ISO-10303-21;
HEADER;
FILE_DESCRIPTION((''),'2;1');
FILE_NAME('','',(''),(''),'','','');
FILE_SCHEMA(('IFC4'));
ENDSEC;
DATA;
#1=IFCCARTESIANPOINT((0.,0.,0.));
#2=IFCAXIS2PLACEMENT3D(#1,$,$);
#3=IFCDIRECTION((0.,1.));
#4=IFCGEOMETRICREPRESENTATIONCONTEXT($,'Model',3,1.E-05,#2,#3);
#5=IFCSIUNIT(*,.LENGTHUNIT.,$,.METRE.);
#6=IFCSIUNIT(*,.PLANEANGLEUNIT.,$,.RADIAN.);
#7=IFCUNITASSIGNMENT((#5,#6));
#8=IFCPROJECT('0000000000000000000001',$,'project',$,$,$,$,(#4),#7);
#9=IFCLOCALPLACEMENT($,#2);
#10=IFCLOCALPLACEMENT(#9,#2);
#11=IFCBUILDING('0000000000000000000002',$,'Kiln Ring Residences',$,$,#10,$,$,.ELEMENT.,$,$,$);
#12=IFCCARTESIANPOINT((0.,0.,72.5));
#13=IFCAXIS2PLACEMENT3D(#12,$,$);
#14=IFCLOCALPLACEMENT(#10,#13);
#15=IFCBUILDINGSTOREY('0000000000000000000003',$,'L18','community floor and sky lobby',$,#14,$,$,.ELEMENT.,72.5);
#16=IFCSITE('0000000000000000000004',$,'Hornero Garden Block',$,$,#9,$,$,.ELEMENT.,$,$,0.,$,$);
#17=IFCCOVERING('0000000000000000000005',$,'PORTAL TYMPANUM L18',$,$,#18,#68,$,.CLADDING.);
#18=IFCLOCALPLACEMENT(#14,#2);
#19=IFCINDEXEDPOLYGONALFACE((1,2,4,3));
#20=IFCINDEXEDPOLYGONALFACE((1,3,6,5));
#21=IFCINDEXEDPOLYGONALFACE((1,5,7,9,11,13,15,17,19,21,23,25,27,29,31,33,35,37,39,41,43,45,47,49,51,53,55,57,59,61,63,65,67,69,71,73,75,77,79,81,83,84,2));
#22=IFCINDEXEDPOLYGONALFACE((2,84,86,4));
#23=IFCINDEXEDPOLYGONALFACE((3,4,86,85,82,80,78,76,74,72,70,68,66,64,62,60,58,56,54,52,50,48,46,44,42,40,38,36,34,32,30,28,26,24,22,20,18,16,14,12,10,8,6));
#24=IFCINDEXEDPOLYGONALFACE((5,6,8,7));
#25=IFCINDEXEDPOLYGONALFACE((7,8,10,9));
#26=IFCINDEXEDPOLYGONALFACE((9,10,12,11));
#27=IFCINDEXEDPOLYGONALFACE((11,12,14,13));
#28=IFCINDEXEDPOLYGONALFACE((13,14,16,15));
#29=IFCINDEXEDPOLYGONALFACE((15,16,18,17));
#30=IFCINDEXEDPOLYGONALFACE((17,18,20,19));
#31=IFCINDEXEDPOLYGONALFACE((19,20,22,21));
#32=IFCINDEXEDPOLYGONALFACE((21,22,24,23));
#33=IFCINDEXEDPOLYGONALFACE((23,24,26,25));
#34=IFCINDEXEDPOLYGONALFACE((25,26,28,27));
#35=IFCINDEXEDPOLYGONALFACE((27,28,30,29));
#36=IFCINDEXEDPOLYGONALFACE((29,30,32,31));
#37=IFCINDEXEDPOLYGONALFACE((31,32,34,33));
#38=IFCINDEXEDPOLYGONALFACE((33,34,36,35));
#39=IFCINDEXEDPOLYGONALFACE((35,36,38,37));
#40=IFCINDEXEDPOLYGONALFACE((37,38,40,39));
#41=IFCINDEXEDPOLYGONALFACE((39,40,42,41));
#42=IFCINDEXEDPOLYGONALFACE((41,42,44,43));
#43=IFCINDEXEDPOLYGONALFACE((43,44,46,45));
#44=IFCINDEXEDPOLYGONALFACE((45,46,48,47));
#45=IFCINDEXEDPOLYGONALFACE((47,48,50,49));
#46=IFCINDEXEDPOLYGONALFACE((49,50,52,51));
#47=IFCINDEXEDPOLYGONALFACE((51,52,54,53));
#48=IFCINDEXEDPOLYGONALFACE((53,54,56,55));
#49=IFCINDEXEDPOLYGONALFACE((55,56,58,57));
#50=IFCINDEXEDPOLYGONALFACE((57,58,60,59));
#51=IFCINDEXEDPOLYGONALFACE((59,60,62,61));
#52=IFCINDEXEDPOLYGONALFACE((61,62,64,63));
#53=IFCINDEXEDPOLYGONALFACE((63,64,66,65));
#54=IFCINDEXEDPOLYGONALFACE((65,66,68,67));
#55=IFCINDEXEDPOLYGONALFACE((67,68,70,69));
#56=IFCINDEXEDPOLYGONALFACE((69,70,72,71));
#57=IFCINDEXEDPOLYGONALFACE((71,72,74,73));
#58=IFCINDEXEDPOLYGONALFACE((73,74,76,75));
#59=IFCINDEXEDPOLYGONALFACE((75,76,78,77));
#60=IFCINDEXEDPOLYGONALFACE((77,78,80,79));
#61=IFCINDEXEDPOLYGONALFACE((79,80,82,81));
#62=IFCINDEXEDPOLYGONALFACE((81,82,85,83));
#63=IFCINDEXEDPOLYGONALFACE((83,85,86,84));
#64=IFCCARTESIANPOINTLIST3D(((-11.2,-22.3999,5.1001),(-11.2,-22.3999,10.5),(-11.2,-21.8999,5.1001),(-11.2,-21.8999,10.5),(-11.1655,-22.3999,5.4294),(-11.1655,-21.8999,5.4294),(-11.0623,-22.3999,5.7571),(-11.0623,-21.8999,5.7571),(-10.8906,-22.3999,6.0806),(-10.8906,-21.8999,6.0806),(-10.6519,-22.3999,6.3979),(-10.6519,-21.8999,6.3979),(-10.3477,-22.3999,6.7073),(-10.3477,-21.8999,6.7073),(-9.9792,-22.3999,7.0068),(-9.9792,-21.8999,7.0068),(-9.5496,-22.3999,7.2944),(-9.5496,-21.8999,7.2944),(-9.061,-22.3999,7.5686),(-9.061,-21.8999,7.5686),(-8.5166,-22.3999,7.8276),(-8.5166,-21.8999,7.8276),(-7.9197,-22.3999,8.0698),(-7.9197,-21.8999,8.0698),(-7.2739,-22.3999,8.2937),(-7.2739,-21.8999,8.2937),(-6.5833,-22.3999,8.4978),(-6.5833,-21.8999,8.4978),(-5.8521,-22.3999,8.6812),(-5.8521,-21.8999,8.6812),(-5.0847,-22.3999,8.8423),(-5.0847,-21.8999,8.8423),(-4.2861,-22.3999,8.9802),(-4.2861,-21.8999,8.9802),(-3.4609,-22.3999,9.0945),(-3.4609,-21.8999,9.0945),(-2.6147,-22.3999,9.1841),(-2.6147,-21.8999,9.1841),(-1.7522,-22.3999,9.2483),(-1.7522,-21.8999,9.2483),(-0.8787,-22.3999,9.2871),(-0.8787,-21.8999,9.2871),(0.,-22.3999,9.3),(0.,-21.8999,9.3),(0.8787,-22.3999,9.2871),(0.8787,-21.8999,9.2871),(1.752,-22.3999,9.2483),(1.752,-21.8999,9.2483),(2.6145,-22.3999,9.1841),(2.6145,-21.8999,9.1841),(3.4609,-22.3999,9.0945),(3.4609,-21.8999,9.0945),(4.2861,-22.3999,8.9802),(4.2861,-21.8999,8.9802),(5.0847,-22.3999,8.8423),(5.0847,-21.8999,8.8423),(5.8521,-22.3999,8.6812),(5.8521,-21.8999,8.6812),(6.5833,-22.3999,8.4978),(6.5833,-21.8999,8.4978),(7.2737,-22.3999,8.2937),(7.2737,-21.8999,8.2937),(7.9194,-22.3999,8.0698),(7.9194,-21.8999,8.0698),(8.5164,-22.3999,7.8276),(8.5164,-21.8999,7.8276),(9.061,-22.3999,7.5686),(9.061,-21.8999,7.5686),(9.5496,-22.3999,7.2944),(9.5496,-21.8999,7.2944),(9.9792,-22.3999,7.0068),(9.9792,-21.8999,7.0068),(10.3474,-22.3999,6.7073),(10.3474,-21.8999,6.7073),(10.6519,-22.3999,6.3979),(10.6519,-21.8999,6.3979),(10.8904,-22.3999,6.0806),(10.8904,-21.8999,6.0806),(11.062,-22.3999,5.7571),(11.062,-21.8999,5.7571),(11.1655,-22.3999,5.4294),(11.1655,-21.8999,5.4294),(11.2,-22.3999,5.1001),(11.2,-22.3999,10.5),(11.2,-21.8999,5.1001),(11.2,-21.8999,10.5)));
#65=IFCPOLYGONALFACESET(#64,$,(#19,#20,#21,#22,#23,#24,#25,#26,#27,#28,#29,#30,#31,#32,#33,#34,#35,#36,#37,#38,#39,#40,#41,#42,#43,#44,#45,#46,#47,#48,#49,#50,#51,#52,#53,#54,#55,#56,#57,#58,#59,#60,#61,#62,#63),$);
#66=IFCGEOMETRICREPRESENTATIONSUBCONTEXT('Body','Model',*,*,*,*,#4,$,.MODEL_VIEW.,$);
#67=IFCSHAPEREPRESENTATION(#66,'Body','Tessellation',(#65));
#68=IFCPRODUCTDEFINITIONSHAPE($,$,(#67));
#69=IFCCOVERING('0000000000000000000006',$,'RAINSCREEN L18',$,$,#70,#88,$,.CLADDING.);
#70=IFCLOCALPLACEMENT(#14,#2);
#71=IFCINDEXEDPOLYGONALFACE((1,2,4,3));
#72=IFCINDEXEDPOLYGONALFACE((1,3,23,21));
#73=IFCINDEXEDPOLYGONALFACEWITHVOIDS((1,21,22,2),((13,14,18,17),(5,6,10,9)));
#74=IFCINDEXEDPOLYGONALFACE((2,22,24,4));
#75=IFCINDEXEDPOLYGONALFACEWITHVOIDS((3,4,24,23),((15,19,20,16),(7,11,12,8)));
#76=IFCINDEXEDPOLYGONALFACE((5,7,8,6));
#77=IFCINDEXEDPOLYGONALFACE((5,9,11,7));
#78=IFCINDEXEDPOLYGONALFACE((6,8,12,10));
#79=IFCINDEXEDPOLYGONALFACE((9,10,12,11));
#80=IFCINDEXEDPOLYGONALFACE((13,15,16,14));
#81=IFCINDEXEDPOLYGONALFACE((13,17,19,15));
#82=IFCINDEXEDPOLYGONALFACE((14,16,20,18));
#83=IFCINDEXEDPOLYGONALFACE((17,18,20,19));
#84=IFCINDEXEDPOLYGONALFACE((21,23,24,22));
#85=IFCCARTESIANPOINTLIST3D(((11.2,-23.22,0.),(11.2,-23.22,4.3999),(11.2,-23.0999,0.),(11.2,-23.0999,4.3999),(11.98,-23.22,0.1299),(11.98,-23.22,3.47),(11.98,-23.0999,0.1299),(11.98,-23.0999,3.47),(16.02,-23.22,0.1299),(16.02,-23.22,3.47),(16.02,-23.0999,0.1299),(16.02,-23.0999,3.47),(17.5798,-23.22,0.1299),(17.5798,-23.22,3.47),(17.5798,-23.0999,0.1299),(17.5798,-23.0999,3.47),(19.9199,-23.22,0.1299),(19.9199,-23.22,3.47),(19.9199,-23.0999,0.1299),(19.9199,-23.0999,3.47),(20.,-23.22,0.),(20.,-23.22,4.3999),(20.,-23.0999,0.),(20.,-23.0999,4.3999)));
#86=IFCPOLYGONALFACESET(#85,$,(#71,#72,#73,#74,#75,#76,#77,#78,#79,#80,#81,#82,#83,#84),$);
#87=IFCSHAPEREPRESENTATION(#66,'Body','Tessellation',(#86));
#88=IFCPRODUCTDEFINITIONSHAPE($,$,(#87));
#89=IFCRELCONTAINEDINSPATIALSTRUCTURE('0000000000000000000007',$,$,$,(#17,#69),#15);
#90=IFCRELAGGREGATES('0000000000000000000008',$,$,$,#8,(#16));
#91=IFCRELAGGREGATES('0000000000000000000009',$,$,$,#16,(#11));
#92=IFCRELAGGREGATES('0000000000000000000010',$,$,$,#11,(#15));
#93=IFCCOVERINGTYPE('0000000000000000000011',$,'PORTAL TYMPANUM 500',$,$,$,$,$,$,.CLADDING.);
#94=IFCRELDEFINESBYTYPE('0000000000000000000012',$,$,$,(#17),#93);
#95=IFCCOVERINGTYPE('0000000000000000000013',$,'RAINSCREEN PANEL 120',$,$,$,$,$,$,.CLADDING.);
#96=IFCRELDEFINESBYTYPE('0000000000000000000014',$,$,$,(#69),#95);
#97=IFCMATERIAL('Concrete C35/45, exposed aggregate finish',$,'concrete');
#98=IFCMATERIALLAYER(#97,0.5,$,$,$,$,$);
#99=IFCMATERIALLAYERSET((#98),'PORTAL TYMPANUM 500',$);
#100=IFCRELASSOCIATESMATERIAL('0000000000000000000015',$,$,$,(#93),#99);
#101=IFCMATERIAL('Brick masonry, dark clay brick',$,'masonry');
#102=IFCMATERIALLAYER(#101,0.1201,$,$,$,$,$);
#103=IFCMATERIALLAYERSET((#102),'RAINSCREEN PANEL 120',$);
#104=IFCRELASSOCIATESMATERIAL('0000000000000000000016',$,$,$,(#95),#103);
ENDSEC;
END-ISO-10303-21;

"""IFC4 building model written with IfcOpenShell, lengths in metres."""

from ifc_helpers import new_model, si_unit, direction, frame, origin, place, context, subcontext, project, spatial, polyline, outline, extrude, material, layer, layer_set, type_object, element, save


model = new_model("IFC4")

# Units and contexts
model_context = context("Model", 3, precision=1e-05, world=origin(), true_north=direction((0.0, 1.0)))
body_context = subcontext(model_context, "Body", "Model", "MODEL_VIEW")
ifc_project = project(units=[si_unit("LENGTHUNIT", "METRE"), si_unit("PLANEANGLEUNIT", "RADIAN")], contexts=[model_context])

# Site, building, storey
site_placement = place(None, origin())
site = spatial("IfcSite", under=ifc_project, at=site_placement, Name="Hornero Garden Block", CompositionType="ELEMENT", RefElevation=0.0)
building_placement = place(site_placement, origin())
building = spatial("IfcBuilding", under=site, at=building_placement, Name="Kiln Ring Residences", CompositionType="ELEMENT")
storey_placement = place(building_placement, frame((0.0, 0.0, 72.5)))
storey = spatial("IfcBuildingStorey", under=building, at=storey_placement, Name="L18", Description="community floor and sky lobby", CompositionType="ELEMENT", Elevation=72.5)

# Coverings
ifc_material_1 = material(Name="Concrete C35/45, exposed aggregate finish", Category="concrete")
ifc_layer_1 = layer(ifc_material_1, 0.5)
ifc_layer_set_1 = layer_set([ifc_layer_1], Name="PORTAL TYMPANUM 500")
covering_type_1 = type_object("IfcCoveringType", Name="PORTAL TYMPANUM 500", PredefinedType="CLADDING", material=ifc_layer_set_1)
covering_1_placement = place(storey_placement, frame((11.2, -22.1499, 5.1001), z_axis=(0.0, 0.0, 1.0), x_axis=(-1.0, 0.0, 0.0)))
element("IfcCovering", 1, at=covering_1_placement, inside=storey, type_object=covering_type_1, Name="PORTAL TYMPANUM L18", PredefinedType="CLADDING", context=body_context, shape_type="SweptSolid", body=[
    extrude(outline(polyline([(22.3999, 0.0), (22.3999, 5.3999), (0.0, 5.3999), (0.0, 0.0), (0.0344, 0.3293), (0.1379, 0.657), (0.3096, 0.9805), (0.5481, 1.2979), (0.8525, 1.6072), (1.2207, 1.9067), (1.6504, 2.1943), (2.1389, 2.4685), (2.6836, 2.7275), (3.2805, 2.9697), (3.9263, 3.1936), (4.6167, 3.3977), (5.3479, 3.5811), (6.1152, 3.7422), (6.9138, 3.8801), (7.739, 3.9944), (8.5854, 4.084), (9.448, 4.1482), (10.3213, 4.187), (11.2, 4.2), (12.0786, 4.187), (12.9521, 4.1482), (13.8147, 4.084), (14.6609, 3.9944), (15.4861, 3.8801), (16.2847, 3.7422), (17.052, 3.5811), (17.7832, 3.3977), (18.4739, 3.1936), (19.1196, 2.9697), (19.7166, 2.7275), (20.261, 2.4685), (20.7495, 2.1943), (21.1792, 1.9067), (21.5476, 1.6072), (21.8518, 1.2979), (22.0906, 0.9805), (22.2622, 0.657), (22.3655, 0.3293), (22.3999, 0.0)])), frame((0.0, 0.25, 0.0), z_axis=(0.0, -1.0, 0.0), x_axis=(1.0, 0.0, 0.0)), (0.0, 0.0, 1.0), 0.5),
])
ifc_material_2 = material(Name="Brick masonry, dark clay brick", Category="masonry")
ifc_layer_2 = layer(ifc_material_2, 0.1201)
ifc_layer_set_2 = layer_set([ifc_layer_2], Name="RAINSCREEN PANEL 120")
covering_type_2 = type_object("IfcCoveringType", Name="RAINSCREEN PANEL 120", PredefinedType="CLADDING", material=ifc_layer_set_2)
covering_2_placement = place(storey_placement, frame((11.2, -23.1599, 0.0), z_axis=(0.0, 0.0, 1.0), x_axis=(1.0, 0.0, 0.0)))
element("IfcCovering", 2, at=covering_2_placement, inside=storey, type_object=covering_type_2, Name="RAINSCREEN L18", PredefinedType="CLADDING", context=body_context, shape_type="SweptSolid", body=[
    extrude(outline(polyline([(0.0, 0.0), (8.8, 0.0), (8.8, 4.3999), (0.0, 4.3999), (0.0, 0.0)]), holes=[polyline([(4.8201, 3.47), (0.78, 3.47), (0.78, 0.1299), (4.8201, 0.1299), (4.8201, 3.47)]), polyline([(8.72, 3.47), (6.3799, 3.47), (6.3799, 0.1299), (8.72, 0.1299), (8.72, 3.47)])]), frame((0.0, 0.0601, 0.0), z_axis=(0.0, -1.0, 0.0), x_axis=(1.0, 0.0, 0.0)), (0.0, 0.0, 1.0), 0.1201),
])

save(model, "model.ifc")
